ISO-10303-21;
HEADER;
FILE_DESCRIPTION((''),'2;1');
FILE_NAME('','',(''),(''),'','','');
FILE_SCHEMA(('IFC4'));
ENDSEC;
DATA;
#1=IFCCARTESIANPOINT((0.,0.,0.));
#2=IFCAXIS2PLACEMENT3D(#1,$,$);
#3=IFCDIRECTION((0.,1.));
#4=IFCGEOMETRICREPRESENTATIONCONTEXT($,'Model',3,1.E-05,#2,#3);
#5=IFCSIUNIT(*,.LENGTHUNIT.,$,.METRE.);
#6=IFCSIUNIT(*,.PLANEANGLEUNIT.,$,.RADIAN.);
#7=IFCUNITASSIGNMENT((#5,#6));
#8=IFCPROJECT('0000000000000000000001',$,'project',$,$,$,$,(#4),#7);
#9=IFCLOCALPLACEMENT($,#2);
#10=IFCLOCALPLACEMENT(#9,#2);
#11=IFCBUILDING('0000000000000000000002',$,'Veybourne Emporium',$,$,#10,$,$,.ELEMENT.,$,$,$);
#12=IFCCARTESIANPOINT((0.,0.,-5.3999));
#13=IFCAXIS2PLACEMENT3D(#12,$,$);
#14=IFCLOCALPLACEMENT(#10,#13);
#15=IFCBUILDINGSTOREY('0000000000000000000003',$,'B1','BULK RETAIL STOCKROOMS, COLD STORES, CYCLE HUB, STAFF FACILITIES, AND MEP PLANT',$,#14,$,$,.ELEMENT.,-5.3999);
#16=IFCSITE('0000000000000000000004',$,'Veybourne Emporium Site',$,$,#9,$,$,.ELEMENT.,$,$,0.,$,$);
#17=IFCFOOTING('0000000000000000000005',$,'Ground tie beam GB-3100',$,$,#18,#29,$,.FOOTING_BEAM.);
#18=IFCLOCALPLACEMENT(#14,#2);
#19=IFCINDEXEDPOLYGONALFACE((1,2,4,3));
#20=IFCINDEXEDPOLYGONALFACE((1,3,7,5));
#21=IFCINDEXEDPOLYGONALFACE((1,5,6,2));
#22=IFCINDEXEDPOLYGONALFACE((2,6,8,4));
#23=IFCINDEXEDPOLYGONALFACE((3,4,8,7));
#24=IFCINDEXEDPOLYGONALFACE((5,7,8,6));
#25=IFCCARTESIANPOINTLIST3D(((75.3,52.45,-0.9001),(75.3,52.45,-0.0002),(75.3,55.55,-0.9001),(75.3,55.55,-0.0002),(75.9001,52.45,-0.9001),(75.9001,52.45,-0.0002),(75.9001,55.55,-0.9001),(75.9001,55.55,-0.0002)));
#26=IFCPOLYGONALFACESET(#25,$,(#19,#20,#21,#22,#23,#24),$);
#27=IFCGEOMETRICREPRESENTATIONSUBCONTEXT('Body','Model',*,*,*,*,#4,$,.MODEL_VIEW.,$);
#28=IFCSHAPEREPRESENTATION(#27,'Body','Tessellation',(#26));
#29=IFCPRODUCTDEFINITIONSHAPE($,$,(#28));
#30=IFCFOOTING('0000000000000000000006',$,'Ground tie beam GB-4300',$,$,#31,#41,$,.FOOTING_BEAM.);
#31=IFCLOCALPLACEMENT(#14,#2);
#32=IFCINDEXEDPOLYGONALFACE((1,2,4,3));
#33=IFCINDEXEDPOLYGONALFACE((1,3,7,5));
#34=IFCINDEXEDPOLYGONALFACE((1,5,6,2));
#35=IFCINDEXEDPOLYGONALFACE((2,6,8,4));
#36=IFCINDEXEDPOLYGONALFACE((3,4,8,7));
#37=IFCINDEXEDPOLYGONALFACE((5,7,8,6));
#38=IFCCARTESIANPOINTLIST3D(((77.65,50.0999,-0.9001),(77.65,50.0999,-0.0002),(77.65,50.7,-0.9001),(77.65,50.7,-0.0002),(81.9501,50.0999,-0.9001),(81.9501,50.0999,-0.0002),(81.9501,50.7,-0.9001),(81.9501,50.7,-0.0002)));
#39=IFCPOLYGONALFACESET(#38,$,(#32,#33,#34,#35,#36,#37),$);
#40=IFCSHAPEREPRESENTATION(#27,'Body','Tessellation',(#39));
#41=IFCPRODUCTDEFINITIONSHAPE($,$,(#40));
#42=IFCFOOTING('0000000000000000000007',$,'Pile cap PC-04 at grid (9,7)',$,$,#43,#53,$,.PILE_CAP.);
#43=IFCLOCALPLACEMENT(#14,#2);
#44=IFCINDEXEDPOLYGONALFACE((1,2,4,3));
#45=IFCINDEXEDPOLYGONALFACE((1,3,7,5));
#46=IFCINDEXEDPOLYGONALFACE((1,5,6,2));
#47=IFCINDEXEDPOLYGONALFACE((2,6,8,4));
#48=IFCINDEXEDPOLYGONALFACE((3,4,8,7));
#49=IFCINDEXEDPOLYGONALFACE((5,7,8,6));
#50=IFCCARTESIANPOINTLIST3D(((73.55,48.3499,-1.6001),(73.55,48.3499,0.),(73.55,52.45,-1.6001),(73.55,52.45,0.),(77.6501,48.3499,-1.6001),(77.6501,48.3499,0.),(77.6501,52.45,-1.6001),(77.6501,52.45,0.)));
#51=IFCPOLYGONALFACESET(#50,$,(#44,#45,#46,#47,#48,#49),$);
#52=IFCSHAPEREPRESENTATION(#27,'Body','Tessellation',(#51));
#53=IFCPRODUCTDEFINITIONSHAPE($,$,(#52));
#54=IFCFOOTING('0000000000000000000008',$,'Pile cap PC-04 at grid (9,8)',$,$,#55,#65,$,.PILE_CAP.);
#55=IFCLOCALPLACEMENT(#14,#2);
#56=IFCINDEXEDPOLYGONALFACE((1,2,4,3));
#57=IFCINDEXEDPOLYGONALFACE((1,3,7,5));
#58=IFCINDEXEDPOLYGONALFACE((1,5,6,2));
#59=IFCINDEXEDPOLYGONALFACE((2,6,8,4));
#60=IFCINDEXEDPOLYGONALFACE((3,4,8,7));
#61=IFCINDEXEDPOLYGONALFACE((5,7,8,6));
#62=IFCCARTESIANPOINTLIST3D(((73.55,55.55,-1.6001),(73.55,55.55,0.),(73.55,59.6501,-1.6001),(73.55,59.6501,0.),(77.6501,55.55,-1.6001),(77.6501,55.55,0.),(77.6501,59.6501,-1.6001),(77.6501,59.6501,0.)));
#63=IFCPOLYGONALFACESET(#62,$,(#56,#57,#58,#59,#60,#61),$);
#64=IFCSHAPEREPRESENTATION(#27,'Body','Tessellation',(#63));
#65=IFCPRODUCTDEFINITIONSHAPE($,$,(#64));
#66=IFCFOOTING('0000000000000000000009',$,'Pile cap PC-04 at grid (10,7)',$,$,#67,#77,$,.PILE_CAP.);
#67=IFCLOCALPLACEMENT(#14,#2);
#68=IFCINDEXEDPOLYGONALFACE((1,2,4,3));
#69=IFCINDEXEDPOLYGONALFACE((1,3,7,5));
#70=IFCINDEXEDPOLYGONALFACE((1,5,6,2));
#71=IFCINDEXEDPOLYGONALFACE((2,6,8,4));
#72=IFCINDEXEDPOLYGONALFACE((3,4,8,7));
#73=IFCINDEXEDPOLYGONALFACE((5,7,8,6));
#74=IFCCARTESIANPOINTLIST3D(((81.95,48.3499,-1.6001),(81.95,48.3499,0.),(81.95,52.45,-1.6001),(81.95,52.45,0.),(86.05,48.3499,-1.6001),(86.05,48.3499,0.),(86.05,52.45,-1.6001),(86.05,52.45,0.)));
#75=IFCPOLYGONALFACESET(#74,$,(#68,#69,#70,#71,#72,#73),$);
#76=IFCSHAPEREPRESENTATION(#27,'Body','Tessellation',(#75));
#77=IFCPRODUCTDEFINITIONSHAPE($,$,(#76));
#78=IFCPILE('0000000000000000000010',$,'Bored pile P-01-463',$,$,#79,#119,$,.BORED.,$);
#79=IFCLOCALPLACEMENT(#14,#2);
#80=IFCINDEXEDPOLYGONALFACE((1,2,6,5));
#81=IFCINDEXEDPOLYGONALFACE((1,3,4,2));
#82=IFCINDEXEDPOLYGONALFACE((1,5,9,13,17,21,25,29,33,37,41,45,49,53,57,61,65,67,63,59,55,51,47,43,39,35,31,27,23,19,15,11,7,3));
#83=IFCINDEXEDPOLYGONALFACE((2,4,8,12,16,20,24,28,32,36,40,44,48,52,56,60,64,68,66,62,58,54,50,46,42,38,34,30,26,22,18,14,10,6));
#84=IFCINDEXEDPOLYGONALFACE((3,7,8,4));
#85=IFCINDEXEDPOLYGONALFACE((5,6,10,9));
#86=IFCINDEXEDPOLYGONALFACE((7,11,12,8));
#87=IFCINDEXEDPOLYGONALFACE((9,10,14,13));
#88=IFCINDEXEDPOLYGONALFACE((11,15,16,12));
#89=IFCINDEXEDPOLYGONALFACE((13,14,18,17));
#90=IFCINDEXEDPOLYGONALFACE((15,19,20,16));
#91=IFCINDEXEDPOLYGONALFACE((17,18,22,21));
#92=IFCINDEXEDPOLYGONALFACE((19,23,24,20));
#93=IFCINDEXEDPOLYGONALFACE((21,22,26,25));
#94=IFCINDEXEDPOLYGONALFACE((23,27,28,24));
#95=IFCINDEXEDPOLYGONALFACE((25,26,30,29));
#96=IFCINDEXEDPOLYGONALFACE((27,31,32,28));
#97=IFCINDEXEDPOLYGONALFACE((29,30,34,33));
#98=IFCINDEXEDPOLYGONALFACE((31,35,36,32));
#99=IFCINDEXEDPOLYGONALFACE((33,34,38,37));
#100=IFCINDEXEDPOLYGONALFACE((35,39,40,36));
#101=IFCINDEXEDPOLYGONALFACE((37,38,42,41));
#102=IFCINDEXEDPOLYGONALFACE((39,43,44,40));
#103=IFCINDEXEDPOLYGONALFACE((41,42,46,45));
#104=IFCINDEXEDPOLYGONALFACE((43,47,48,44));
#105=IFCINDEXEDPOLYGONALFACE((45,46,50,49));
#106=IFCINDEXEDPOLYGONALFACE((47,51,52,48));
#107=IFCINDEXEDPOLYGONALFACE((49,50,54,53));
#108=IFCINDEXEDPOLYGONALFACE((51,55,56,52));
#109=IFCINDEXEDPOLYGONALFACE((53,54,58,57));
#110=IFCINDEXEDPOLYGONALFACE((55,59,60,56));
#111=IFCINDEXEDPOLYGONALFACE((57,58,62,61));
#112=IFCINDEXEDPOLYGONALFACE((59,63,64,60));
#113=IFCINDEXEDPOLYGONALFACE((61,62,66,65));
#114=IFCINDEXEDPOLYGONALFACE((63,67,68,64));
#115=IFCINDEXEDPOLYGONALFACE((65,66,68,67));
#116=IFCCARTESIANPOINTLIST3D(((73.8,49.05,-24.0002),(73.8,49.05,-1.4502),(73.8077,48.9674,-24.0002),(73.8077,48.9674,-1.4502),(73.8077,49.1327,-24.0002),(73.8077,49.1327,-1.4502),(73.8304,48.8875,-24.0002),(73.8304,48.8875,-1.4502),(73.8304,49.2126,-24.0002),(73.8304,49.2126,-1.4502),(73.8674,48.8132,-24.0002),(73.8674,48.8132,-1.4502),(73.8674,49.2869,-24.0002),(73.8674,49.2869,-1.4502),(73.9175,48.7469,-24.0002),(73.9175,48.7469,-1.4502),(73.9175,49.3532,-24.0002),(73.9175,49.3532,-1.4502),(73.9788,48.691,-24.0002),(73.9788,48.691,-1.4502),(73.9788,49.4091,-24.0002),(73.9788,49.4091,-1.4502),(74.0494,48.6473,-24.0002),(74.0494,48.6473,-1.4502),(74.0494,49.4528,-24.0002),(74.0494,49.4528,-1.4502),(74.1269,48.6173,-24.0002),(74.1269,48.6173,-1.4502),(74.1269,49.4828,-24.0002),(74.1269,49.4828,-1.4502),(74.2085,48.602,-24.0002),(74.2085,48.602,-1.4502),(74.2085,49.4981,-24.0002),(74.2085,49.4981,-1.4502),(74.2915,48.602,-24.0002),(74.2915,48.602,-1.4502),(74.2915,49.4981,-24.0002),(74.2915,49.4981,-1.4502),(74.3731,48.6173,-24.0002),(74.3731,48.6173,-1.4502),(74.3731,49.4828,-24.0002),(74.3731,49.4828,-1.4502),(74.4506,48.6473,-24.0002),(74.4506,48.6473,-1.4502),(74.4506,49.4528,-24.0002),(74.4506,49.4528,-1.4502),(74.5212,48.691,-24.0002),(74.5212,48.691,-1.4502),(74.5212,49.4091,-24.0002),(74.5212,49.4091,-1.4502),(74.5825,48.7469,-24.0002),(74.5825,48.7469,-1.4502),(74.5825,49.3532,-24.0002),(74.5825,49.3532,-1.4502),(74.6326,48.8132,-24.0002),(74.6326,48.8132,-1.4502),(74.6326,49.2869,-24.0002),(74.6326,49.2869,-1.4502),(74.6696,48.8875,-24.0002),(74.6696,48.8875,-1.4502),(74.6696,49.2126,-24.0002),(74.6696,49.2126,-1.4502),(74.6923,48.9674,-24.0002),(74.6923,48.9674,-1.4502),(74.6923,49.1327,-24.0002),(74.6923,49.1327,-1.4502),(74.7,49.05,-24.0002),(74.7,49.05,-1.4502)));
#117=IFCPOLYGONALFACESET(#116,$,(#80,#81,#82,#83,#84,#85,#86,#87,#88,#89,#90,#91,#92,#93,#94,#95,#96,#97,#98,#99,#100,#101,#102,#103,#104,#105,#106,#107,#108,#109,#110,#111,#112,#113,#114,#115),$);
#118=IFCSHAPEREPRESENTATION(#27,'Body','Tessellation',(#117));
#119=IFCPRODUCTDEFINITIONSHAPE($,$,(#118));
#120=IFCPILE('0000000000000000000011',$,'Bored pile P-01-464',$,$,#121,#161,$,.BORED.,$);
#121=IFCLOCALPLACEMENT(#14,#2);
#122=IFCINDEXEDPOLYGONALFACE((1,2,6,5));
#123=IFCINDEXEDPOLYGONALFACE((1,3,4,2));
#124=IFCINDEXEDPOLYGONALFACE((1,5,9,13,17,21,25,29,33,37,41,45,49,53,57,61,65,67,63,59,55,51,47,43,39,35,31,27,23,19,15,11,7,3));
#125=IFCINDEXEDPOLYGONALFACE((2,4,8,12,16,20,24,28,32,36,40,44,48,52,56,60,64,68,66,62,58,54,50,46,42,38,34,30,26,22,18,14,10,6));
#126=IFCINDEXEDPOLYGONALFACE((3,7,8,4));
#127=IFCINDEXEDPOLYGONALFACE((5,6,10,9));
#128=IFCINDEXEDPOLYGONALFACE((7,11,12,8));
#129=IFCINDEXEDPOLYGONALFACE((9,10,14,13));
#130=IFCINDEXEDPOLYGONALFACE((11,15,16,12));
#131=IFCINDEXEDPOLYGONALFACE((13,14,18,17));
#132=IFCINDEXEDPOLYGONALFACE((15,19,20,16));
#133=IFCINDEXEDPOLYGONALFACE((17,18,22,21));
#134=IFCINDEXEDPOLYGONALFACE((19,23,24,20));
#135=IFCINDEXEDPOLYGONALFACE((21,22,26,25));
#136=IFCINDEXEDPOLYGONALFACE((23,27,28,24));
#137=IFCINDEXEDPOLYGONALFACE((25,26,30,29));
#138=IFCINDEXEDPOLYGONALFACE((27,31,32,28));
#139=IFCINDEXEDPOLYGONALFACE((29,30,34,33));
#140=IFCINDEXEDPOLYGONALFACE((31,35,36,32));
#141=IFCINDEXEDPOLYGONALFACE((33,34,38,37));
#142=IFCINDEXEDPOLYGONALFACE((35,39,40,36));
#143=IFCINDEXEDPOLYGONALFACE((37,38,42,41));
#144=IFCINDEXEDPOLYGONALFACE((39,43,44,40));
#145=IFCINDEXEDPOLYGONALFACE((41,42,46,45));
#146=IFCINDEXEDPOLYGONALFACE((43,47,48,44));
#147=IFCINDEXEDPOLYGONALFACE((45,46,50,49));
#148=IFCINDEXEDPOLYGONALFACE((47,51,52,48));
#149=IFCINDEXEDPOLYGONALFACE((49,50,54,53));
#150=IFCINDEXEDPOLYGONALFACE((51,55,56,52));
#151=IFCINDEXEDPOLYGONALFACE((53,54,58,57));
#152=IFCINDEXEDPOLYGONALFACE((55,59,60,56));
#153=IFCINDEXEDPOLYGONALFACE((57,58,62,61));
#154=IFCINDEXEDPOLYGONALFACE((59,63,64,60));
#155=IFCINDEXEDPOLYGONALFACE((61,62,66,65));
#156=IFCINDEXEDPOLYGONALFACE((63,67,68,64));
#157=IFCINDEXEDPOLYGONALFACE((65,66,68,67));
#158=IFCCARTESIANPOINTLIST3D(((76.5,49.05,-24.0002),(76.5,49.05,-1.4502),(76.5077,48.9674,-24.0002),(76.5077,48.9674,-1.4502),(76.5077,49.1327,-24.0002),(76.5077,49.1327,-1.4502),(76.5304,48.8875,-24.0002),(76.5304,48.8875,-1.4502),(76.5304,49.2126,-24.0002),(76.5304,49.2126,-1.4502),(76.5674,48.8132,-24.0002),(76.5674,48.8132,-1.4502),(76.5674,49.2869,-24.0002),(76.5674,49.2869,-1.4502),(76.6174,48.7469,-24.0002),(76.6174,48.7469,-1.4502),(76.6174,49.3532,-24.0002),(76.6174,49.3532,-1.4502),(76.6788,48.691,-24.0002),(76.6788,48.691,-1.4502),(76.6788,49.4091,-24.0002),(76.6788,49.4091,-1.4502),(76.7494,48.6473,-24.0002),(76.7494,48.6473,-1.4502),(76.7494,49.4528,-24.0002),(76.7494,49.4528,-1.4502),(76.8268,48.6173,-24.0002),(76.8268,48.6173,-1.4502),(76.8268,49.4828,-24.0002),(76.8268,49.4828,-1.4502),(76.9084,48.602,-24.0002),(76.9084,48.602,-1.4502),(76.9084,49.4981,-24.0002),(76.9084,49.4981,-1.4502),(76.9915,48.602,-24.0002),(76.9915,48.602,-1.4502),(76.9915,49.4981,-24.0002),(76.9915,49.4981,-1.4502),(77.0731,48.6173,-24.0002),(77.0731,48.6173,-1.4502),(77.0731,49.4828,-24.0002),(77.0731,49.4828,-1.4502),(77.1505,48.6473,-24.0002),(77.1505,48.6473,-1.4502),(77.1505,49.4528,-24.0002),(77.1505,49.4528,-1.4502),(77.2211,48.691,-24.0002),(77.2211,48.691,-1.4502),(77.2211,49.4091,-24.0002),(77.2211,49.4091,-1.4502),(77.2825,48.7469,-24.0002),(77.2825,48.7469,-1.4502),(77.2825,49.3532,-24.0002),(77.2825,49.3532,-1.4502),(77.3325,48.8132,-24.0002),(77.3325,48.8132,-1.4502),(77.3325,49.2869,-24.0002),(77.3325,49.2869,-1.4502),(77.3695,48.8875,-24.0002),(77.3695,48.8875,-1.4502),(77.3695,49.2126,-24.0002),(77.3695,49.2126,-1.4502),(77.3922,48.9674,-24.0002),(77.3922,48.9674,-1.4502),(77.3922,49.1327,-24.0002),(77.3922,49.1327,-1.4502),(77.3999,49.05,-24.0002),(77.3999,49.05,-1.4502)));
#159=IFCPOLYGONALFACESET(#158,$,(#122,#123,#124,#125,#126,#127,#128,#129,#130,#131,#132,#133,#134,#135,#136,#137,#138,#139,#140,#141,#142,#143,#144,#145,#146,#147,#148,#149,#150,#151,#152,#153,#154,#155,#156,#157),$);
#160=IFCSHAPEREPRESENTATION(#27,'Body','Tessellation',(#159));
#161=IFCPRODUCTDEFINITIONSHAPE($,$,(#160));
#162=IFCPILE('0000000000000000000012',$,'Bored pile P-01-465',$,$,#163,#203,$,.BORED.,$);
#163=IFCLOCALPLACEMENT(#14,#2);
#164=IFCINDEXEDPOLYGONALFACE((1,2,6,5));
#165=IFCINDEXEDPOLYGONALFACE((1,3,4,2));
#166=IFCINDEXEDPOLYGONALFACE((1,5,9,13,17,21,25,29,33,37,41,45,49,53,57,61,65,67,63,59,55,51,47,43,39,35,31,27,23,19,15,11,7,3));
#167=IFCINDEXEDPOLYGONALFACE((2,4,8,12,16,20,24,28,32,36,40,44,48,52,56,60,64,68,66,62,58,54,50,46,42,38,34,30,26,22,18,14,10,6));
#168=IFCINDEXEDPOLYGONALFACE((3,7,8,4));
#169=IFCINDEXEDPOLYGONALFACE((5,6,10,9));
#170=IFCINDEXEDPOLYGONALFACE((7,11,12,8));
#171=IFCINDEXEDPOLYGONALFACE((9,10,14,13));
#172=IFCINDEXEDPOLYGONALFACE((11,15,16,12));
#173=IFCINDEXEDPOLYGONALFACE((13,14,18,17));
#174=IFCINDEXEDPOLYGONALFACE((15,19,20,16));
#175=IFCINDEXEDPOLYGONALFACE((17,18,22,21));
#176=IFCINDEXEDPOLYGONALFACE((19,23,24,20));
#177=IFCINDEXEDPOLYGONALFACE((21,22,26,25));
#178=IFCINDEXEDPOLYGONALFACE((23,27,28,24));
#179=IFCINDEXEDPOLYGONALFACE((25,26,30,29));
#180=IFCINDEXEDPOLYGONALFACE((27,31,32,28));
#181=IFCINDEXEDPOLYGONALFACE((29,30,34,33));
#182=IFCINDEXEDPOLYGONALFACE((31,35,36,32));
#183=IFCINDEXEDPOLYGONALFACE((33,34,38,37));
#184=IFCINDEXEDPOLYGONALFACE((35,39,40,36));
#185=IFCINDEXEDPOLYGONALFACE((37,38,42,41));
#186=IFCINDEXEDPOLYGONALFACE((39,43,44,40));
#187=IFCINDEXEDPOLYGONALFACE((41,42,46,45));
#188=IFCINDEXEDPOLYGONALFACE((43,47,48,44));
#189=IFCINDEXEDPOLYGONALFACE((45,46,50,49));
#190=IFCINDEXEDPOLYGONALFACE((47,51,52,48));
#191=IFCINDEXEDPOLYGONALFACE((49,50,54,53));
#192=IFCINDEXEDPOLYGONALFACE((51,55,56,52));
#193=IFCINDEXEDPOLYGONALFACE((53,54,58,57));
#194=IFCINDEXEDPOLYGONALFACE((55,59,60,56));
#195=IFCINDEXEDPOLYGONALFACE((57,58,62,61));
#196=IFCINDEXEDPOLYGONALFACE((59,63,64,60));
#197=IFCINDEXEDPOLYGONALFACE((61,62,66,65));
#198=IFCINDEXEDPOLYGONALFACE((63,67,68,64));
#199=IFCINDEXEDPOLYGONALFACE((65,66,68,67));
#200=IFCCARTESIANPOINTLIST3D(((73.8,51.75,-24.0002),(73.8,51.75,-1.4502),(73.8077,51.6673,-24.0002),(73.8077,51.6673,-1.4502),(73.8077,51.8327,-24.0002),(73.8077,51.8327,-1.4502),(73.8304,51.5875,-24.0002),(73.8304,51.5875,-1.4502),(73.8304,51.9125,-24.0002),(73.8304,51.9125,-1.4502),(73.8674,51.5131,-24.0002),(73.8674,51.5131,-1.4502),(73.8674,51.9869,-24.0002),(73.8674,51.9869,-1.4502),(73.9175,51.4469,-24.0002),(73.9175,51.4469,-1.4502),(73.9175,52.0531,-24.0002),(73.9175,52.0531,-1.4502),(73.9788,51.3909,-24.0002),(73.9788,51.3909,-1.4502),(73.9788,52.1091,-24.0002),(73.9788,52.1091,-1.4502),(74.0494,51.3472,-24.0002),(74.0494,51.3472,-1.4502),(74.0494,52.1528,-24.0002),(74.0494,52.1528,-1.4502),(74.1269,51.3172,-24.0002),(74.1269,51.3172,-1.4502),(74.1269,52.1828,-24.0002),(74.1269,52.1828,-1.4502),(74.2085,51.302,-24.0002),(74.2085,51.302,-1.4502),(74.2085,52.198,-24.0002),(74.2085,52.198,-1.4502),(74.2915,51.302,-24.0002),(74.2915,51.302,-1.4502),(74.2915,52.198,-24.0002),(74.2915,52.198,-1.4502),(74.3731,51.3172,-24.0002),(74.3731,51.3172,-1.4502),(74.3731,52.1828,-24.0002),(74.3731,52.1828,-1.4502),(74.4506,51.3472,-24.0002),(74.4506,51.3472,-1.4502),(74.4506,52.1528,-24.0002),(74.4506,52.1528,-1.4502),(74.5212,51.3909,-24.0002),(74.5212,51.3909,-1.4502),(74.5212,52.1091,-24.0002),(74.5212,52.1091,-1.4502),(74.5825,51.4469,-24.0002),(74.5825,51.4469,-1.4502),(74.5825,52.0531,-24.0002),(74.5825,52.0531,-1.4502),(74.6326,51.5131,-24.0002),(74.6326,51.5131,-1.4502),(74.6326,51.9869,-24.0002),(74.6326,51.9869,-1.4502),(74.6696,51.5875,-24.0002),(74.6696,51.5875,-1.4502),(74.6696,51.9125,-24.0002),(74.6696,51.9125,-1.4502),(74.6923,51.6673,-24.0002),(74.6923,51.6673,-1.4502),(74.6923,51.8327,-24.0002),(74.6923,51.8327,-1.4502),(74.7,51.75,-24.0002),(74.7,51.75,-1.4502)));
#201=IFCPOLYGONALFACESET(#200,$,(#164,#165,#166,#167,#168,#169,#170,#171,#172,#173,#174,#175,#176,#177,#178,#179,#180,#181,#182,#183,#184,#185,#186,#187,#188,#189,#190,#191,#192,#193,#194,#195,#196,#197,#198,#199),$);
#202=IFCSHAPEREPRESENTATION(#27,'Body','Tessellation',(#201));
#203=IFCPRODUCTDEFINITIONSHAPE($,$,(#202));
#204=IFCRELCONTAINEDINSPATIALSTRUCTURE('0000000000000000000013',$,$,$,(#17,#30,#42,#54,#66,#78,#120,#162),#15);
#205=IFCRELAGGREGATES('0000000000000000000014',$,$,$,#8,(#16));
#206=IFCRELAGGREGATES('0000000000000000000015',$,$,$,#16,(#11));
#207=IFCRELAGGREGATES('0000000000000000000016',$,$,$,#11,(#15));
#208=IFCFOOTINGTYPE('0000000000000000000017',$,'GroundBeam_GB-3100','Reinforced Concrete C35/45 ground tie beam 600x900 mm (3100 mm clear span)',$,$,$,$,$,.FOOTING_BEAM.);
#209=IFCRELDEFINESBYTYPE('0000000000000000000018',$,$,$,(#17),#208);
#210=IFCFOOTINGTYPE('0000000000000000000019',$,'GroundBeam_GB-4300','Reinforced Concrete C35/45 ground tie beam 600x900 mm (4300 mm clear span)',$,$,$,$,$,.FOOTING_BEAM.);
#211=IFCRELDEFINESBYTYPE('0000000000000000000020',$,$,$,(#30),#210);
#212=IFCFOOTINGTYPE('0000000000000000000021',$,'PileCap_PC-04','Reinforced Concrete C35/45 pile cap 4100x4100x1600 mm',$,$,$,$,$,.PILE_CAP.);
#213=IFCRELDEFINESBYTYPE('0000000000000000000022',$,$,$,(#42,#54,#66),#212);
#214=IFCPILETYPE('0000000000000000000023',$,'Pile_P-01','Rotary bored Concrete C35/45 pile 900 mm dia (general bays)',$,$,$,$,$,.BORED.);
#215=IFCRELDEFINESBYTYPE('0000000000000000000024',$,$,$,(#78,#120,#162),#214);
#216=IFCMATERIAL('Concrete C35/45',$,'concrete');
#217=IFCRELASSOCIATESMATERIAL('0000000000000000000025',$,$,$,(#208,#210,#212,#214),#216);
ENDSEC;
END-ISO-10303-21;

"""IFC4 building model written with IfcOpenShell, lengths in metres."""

from ifc_helpers import new_model, si_unit, direction, frame, origin, origin_2d, place, context, subcontext, project, spatial, rectangle, circle, extrude, material, material_profile, profile_set, type_object, element, save


model = new_model("IFC4")

# Units and contexts
model_context = context("Model", 3, precision=1e-05, world=origin(), true_north=direction((0.0, 1.0)))
body_context = subcontext(model_context, "Body", "Model", "MODEL_VIEW")
ifc_project = project(units=[si_unit("LENGTHUNIT", "METRE"), si_unit("PLANEANGLEUNIT", "RADIAN")], contexts=[model_context])

# Site, building, storey
site_placement = place(None, origin())
site = spatial("IfcSite", under=ifc_project, at=site_placement, Name="Veybourne Emporium Site", CompositionType="ELEMENT", RefElevation=0.0)
building_placement = place(site_placement, origin())
building = spatial("IfcBuilding", under=site, at=building_placement, Name="Veybourne Emporium", CompositionType="ELEMENT")
storey_placement = place(building_placement, frame((0.0, 0.0, -5.3999)))
storey = spatial("IfcBuildingStorey", under=building, at=storey_placement, Name="B1", Description="BULK RETAIL STOCKROOMS, COLD STORES, CYCLE HUB, STAFF FACILITIES, AND MEP PLANT", CompositionType="ELEMENT", Elevation=-5.3999)

# Footings
ifc_material_1 = material(Name="Concrete C35/45", Category="concrete")
footing_type_1 = type_object("IfcFootingType", Name="GroundBeam_GB-3100", Description="Reinforced Concrete C35/45 ground tie beam 600x900 mm (3100 mm clear span)", PredefinedType="FOOTING_BEAM", material=ifc_material_1)
footing_1_placement = place(storey_placement, frame((75.6001, 54.0, -0.9001), z_axis=(0.0, 0.0, 1.0), x_axis=(0.0, 1.0, 0.0)))
element("IfcFooting", 1, at=footing_1_placement, inside=storey, type_object=footing_type_1, Name="Ground tie beam GB-3100", PredefinedType="FOOTING_BEAM", context=body_context, shape_type="SweptSolid", body=[
    extrude(rectangle(XDim=3.1001, YDim=0.6001, at=origin_2d()), origin(), (0.0, 0.0, 1.0), 0.8999),
])
footing_type_2 = type_object("IfcFootingType", Name="GroundBeam_GB-4300", Description="Reinforced Concrete C35/45 ground tie beam 600x900 mm (4300 mm clear span)", PredefinedType="FOOTING_BEAM", material=ifc_material_1)
footing_2_placement = place(storey_placement, frame((79.8, 50.3999, -0.9001), z_axis=(0.0, 0.0, 1.0), x_axis=(1.0, 0.0, 0.0)))
element("IfcFooting", 2, at=footing_2_placement, inside=storey, type_object=footing_type_2, Name="Ground tie beam GB-4300", PredefinedType="FOOTING_BEAM", context=body_context, shape_type="SweptSolid", body=[
    extrude(rectangle(XDim=4.3, YDim=0.6001, at=origin_2d()), origin(), (0.0, 0.0, 1.0), 0.8999),
])
footing_type_3 = type_object("IfcFootingType", Name="PileCap_PC-04", Description="Reinforced Concrete C35/45 pile cap 4100x4100x1600 mm", PredefinedType="PILE_CAP", material=ifc_material_1)
for number, where, z_axis, x_axis, name in (
    (3, (75.6001, 50.3999, -1.6001), (0.0, 0.0, 1.0), (1.0, 0.0, 0.0), "Pile cap PC-04 at grid (9,7)"),
    (4, (75.6001, 57.6001, -1.6001), (0.0, 0.0, 1.0), (1.0, 0.0, 0.0), "Pile cap PC-04 at grid (9,8)"),
    (5, (84.0, 50.3999, -1.6001), (0.0, 0.0, 1.0), (1.0, 0.0, 0.0), "Pile cap PC-04 at grid (10,7)"),
):
    element("IfcFooting", number, at=place(storey_placement, frame(where, z_axis=z_axis, x_axis=x_axis)), inside=storey, type_object=footing_type_3, Name=name, PredefinedType="PILE_CAP", context=body_context, shape_type="SweptSolid", body=[
        extrude(rectangle(XDim=4.1001, YDim=4.1001, at=origin_2d()), origin(), (0.0, 0.0, 1.0), 1.6001),
    ])

# Piles
ifc_material_profile_1 = material_profile(ifc_material_1, circle(Radius=0.45, at=origin_2d()), Name="BORED PILE 900")
ifc_profile_set_1 = profile_set([ifc_material_profile_1], Name="Concrete C35/45")
pile_type = type_object("IfcPileType", Name="Pile_P-01", Description="Rotary bored Concrete C35/45 pile 900 mm dia (general bays)", PredefinedType="BORED", material=ifc_profile_set_1)
for number, where, z_axis, x_axis, name in (
    (6, (74.25, 49.05, -1.4502), (0.0, 0.0, -1.0), (1.0, 0.0, 0.0), "Bored pile P-01-463"),
    (7, (76.95, 49.05, -1.4502), (0.0, 0.0, -1.0), (1.0, 0.0, 0.0), "Bored pile P-01-464"),
    (8, (74.25, 51.75, -1.4502), (0.0, 0.0, -1.0), (1.0, 0.0, 0.0), "Bored pile P-01-465"),
):
    element("IfcPile", number, at=place(storey_placement, frame(where, z_axis=z_axis, x_axis=x_axis)), inside=storey, type_object=pile_type, Name=name, PredefinedType="BORED", context=body_context, shape_type="SweptSolid", body=[
        extrude(circle(Radius=0.45, at=origin_2d()), origin(), (0.0, 0.0, 1.0), 22.55),
    ])

save(model, "model.ifc")
